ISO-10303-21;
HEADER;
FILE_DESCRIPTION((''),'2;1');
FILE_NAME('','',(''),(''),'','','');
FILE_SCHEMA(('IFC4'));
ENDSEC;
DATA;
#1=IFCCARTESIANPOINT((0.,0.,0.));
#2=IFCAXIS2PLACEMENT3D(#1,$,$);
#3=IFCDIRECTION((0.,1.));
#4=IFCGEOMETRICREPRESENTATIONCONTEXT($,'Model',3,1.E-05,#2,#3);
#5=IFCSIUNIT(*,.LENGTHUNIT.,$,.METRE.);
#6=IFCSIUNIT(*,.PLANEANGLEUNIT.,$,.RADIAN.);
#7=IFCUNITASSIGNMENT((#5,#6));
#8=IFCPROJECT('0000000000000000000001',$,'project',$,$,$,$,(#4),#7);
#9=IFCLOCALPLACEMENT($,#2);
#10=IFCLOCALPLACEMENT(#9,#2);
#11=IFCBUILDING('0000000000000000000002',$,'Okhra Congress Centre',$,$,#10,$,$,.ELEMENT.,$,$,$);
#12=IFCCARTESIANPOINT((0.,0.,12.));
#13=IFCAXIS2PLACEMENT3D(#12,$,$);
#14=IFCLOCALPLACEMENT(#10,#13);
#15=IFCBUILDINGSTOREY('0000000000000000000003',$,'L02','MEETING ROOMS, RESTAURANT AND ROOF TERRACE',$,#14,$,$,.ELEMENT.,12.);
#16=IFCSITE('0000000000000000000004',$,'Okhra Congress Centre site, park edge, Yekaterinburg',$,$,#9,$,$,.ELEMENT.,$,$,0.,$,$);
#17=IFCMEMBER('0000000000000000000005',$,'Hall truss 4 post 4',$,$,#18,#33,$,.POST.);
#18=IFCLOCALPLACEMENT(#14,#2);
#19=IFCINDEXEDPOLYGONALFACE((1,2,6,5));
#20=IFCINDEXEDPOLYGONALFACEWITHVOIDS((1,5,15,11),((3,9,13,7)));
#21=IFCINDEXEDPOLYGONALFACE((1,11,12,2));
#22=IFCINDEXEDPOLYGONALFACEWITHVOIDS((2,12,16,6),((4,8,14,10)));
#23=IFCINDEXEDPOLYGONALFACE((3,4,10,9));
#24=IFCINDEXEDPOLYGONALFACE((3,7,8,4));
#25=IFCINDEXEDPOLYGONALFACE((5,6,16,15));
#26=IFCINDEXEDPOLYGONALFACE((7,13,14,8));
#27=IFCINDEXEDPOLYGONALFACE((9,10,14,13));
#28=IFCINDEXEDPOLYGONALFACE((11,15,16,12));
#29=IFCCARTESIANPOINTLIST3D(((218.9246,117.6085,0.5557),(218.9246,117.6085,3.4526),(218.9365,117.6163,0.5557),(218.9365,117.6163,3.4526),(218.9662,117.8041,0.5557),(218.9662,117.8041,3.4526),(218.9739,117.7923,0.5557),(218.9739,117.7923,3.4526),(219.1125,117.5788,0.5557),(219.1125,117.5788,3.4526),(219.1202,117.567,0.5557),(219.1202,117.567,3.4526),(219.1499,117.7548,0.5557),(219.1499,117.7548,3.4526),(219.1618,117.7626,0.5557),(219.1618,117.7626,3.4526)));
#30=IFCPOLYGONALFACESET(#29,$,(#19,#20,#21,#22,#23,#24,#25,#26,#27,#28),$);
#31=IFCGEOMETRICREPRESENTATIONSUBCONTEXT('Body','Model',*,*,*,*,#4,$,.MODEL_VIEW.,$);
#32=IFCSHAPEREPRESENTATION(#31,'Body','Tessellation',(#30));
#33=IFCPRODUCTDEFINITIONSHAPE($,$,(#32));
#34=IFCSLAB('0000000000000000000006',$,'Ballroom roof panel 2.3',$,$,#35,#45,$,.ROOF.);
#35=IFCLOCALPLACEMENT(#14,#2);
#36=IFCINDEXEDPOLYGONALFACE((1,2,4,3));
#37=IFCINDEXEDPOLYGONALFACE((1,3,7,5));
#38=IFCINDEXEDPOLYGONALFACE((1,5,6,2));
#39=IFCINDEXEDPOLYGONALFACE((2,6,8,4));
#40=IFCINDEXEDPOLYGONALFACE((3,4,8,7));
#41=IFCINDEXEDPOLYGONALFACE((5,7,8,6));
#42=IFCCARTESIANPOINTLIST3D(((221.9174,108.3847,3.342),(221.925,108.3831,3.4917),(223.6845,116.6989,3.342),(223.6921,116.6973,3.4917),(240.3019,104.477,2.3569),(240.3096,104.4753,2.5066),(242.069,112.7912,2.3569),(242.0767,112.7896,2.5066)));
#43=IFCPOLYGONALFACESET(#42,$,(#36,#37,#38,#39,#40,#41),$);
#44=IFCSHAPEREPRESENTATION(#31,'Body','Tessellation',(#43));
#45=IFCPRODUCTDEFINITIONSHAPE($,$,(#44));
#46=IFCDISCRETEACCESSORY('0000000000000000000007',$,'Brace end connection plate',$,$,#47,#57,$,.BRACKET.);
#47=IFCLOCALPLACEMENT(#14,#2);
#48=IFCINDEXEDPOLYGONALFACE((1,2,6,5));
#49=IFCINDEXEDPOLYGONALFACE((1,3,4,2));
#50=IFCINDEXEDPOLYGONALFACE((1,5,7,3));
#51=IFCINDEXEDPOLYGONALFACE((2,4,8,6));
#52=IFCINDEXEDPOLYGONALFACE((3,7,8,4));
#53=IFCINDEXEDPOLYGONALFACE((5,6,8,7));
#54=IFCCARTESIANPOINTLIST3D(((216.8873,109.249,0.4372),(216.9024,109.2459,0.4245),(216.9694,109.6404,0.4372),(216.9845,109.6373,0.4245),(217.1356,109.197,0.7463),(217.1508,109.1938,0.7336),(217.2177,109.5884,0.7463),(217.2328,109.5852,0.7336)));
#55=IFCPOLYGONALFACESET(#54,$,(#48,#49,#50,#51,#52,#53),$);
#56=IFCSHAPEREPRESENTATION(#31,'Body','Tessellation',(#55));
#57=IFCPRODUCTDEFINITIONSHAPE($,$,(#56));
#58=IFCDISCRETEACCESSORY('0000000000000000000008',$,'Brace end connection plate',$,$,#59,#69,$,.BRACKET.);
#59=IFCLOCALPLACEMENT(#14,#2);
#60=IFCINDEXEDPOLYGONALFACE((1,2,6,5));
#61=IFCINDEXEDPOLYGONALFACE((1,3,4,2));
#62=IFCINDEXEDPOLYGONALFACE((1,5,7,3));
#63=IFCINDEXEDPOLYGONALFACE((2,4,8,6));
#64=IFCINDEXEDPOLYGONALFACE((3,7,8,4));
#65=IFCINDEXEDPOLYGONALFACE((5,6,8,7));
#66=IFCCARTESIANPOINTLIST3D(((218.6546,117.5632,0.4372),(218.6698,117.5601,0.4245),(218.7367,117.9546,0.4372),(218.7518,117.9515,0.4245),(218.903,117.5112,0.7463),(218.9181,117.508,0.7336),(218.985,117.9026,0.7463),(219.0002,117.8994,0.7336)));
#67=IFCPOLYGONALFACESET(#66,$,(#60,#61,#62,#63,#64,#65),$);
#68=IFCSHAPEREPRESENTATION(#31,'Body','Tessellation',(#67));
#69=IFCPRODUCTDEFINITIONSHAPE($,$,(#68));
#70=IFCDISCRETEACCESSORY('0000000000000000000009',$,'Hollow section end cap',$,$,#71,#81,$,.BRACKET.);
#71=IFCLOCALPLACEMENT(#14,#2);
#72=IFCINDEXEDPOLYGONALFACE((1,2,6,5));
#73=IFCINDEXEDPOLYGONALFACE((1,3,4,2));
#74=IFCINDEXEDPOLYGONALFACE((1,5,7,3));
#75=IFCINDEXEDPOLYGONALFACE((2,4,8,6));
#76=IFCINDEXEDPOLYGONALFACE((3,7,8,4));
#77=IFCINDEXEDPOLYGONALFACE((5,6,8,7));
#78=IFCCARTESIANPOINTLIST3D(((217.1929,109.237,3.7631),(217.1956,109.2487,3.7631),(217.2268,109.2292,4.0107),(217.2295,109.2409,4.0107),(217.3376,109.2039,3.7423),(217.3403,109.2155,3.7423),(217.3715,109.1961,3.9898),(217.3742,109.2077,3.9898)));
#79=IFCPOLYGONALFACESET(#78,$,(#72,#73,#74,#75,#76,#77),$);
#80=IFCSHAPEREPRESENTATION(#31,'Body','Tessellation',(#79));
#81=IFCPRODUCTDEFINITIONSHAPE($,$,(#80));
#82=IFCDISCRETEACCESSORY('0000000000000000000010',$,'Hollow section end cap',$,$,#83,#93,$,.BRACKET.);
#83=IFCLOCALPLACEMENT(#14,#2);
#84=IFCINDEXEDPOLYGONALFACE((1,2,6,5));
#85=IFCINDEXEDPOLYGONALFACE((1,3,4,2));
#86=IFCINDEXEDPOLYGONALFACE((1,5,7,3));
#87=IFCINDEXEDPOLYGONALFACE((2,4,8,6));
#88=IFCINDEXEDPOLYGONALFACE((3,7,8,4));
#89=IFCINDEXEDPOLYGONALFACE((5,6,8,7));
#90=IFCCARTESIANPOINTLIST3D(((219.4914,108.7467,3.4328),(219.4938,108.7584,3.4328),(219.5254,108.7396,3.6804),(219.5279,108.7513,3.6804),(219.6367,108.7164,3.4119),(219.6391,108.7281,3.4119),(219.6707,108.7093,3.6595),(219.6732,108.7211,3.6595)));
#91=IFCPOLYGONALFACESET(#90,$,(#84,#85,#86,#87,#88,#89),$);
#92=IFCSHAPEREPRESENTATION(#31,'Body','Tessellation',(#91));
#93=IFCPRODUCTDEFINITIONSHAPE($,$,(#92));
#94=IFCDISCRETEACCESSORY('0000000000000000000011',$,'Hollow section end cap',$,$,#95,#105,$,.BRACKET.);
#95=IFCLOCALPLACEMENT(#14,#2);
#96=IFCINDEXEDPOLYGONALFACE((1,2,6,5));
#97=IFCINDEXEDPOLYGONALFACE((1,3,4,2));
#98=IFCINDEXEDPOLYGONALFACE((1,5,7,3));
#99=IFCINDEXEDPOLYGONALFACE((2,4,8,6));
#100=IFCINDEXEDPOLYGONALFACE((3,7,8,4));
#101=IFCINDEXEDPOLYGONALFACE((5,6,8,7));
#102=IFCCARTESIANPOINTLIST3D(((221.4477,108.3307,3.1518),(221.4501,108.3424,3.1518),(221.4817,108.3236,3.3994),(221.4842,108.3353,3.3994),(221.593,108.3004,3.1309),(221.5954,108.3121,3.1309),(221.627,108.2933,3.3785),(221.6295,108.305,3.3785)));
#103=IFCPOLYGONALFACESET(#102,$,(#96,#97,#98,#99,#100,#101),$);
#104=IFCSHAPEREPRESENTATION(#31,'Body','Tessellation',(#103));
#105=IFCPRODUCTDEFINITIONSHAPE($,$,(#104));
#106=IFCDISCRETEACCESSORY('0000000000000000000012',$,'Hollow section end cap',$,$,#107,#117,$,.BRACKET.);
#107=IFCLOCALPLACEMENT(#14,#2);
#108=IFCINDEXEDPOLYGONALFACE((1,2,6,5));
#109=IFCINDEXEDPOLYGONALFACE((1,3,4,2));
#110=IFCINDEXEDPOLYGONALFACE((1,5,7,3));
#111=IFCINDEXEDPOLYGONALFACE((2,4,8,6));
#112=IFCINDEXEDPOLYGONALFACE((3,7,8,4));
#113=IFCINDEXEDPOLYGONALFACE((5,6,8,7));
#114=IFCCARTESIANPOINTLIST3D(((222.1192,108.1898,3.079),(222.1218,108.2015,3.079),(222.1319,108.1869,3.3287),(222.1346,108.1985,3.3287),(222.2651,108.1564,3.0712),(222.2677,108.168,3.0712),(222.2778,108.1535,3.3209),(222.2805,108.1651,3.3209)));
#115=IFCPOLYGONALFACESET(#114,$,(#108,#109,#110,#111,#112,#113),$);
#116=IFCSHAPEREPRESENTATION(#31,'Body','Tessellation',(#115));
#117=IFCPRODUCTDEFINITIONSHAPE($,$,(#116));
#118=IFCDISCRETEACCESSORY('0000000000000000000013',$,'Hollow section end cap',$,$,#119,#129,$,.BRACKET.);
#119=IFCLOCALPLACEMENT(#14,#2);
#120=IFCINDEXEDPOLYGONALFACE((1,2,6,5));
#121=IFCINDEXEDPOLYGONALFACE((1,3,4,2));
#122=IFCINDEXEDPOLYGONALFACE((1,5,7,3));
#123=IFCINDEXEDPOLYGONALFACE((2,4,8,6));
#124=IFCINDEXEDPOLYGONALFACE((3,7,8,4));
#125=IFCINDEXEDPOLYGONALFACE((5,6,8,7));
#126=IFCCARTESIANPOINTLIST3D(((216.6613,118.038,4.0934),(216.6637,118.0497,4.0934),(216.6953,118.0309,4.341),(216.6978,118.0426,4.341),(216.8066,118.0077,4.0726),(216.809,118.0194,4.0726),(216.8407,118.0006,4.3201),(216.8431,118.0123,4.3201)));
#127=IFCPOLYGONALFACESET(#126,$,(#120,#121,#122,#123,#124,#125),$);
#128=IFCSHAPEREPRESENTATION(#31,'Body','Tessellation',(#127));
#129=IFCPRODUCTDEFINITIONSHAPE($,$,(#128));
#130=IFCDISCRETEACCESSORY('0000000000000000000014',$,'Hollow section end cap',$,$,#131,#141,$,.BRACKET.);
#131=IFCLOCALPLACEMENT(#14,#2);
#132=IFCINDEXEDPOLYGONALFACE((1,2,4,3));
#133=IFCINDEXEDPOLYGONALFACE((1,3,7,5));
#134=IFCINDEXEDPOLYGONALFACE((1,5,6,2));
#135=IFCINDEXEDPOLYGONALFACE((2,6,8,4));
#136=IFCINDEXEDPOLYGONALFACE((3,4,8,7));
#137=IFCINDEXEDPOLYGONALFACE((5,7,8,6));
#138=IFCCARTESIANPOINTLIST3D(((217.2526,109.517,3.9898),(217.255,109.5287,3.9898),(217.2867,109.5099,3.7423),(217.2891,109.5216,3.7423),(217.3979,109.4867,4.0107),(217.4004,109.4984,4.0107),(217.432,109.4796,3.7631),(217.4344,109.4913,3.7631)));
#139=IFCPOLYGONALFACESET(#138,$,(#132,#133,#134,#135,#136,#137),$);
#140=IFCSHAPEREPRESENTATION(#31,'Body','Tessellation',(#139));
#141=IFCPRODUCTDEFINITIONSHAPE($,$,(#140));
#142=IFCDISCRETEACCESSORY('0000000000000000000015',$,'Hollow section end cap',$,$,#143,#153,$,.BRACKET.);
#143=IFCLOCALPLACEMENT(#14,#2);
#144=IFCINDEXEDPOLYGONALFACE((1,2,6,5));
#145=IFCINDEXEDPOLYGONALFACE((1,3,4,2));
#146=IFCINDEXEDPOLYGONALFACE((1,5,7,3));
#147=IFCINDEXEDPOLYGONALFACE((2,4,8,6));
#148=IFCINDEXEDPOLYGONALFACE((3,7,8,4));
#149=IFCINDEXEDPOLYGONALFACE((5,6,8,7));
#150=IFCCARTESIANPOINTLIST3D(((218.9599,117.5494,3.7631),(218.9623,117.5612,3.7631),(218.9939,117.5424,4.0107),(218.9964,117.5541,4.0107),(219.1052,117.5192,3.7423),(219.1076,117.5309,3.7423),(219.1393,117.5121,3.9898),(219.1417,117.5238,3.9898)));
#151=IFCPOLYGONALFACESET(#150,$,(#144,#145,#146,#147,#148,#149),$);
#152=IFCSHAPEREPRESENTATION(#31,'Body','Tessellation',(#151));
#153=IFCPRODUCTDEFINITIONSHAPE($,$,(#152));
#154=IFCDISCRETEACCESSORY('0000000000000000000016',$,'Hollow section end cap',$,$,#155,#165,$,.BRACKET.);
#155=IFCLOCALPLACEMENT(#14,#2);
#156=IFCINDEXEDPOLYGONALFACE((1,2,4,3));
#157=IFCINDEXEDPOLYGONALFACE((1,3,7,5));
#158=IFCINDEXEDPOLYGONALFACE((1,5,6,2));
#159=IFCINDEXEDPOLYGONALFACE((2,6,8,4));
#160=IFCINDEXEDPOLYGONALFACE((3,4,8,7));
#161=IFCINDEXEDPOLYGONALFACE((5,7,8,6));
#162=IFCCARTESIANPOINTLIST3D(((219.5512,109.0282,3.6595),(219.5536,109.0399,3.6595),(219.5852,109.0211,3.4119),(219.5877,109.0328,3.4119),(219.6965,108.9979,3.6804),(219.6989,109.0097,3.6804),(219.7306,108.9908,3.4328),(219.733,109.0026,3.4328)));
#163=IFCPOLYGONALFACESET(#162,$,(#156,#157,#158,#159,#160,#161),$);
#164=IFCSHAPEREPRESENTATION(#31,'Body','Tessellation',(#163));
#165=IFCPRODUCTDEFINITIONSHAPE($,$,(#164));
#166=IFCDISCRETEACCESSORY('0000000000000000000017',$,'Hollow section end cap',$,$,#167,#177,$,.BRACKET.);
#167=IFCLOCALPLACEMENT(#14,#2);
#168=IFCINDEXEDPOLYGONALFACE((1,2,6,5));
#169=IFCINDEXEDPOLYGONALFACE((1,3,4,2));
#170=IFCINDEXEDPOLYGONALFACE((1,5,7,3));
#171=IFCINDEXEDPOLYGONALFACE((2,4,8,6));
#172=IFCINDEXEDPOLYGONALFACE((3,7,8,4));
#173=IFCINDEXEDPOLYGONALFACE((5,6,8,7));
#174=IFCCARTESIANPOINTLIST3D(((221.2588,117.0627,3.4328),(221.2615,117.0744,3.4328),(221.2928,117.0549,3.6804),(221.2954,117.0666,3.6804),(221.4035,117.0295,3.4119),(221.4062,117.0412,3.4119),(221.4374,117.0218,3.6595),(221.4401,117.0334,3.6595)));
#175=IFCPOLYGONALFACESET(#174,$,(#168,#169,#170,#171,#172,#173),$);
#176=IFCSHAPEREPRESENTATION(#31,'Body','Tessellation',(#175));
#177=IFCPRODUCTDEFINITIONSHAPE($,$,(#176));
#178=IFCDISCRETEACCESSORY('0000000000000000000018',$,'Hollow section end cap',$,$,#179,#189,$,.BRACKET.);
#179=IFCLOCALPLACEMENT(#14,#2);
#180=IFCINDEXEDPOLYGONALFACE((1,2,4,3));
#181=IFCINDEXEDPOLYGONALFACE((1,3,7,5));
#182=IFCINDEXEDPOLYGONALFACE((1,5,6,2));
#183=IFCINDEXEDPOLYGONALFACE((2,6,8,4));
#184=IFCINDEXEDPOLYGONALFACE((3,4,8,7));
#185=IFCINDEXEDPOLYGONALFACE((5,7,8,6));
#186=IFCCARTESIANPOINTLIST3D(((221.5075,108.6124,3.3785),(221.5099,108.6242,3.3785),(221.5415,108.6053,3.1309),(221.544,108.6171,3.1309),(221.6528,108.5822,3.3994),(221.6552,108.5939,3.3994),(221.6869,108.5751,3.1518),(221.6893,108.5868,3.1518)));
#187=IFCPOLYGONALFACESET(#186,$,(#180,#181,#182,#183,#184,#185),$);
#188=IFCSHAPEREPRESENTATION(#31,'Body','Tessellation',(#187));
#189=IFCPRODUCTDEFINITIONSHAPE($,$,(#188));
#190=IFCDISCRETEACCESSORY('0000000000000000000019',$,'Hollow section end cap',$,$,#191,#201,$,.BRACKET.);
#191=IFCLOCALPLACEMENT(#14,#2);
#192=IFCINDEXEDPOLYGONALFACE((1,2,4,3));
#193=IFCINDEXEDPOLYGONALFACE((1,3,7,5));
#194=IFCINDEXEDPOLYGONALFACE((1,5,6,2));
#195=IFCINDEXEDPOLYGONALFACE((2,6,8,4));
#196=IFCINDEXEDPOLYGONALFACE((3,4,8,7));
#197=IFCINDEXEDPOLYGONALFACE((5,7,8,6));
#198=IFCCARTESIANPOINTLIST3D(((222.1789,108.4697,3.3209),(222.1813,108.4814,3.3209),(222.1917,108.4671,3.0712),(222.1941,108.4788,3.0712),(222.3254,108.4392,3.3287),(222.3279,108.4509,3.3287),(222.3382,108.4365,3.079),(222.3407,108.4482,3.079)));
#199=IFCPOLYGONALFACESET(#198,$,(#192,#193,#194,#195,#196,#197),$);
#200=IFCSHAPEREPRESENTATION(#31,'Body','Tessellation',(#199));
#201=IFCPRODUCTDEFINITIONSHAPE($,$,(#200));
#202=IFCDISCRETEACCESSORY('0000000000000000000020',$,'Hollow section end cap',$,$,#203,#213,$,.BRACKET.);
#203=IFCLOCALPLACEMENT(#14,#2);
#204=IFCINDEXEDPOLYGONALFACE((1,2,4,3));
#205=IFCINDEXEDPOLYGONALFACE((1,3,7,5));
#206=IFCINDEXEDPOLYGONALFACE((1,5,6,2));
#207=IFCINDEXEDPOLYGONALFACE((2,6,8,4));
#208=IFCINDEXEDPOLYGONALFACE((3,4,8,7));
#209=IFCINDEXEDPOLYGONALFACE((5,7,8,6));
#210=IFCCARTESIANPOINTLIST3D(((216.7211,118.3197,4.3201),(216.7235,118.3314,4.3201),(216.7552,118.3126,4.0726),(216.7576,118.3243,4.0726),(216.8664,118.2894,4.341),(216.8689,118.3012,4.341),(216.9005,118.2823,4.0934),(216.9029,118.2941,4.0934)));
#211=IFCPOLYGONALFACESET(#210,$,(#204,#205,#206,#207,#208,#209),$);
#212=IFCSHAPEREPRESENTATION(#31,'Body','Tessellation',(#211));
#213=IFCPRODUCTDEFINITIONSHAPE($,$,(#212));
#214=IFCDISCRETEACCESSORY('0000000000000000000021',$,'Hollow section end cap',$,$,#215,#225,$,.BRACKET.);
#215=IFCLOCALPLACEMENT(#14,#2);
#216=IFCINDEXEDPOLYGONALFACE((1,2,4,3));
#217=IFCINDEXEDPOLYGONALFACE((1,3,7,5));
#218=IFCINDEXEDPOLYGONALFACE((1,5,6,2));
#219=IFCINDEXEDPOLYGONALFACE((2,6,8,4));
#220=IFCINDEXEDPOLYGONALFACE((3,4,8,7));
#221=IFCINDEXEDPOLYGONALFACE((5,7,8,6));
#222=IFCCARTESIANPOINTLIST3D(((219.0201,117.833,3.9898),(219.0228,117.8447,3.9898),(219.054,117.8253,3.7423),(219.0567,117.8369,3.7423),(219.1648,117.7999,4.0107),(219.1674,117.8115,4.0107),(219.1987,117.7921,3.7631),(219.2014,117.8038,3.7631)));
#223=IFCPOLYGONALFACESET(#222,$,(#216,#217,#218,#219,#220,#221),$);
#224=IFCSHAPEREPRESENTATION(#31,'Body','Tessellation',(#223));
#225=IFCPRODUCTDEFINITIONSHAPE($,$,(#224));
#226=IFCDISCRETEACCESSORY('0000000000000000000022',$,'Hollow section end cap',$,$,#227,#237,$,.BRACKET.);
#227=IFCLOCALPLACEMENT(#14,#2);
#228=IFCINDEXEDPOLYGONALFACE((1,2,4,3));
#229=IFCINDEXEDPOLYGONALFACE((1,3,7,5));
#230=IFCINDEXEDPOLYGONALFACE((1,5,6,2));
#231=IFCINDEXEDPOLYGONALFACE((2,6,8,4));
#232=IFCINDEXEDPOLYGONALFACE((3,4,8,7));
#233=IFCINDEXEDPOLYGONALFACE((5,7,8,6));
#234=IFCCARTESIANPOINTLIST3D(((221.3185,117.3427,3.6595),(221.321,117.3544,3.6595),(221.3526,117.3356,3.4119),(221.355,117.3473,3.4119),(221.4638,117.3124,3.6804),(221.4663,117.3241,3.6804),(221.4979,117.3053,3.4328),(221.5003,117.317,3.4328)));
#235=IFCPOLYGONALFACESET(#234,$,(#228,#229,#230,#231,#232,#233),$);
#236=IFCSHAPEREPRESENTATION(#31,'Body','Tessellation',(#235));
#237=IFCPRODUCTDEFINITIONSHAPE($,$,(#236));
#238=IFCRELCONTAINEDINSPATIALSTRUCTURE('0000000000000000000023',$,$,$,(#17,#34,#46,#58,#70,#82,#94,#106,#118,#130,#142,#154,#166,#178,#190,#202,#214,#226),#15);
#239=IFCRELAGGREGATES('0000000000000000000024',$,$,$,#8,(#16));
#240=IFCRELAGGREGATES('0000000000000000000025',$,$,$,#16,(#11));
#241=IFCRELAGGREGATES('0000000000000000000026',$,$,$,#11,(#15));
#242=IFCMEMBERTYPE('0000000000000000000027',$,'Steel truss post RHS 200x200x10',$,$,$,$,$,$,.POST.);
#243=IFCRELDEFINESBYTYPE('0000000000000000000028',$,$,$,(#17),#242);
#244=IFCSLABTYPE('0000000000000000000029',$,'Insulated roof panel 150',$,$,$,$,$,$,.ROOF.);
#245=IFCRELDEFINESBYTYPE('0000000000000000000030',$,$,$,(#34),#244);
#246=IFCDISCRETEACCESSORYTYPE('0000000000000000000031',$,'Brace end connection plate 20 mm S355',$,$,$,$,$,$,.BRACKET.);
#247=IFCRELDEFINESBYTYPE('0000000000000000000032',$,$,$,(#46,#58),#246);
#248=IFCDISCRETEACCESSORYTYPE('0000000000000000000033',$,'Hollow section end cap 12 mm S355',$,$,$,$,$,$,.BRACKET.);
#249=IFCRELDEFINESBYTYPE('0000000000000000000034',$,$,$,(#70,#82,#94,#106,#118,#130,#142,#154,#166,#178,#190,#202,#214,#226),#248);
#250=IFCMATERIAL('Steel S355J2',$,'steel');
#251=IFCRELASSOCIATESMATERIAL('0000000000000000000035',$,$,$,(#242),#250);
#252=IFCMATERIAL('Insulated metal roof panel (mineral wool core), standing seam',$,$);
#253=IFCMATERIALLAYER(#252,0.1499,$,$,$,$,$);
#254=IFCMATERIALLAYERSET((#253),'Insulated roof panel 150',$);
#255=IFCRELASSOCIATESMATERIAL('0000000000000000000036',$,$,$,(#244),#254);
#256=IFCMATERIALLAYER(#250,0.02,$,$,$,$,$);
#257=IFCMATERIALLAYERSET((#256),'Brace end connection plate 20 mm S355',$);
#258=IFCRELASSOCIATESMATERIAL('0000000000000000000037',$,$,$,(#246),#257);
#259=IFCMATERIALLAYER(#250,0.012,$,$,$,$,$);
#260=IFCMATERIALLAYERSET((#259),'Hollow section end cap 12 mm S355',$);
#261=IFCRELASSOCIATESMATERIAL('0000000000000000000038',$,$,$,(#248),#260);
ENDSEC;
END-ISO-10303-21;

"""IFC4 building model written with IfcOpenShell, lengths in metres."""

from ifc_helpers import new_model, si_unit, direction, frame, origin, origin_2d, place, context, subcontext, project, spatial, polyline, rectangle, hollow_rectangle, outline, extrude, material, layer, layer_set, material_profile, profile_set, type_object, element, save


model = new_model("IFC4")

# Units and contexts
model_context = context("Model", 3, precision=1e-05, world=origin(), true_north=direction((0.0, 1.0)))
body_context = subcontext(model_context, "Body", "Model", "MODEL_VIEW")
ifc_project = project(units=[si_unit("LENGTHUNIT", "METRE"), si_unit("PLANEANGLEUNIT", "RADIAN")], contexts=[model_context])

# Site, building, storey
site_placement = place(None, origin())
site = spatial("IfcSite", under=ifc_project, at=site_placement, Name="Okhra Congress Centre site, park edge, Yekaterinburg", CompositionType="ELEMENT", RefElevation=0.0)
building_placement = place(site_placement, origin())
building = spatial("IfcBuilding", under=site, at=building_placement, Name="Okhra Congress Centre", CompositionType="ELEMENT")
storey_placement = place(building_placement, frame((0.0, 0.0, 12.0)))
storey = spatial("IfcBuildingStorey", under=building, at=storey_placement, Name="L02", Description="MEETING ROOMS, RESTAURANT AND ROOF TERRACE", CompositionType="ELEMENT", Elevation=12.0)

# Member
ifc_material_1 = material(Name="Steel S355J2", Category="steel")
ifc_material_profile_1 = material_profile(ifc_material_1, hollow_rectangle(XDim=0.2, YDim=0.2, WallThickness=0.01, at=origin_2d()), Name="RHS 200x200x10")
ifc_profile_set_1 = profile_set([ifc_material_profile_1], Name="Steel S355J2")
member_type_1 = type_object("IfcMemberType", Name="Steel truss post RHS 200x200x10", PredefinedType="POST", material=ifc_profile_set_1)
for number, where, z_axis, x_axis, name in (
    (1, (219.0432, 117.6855, 0.5557), (0.0, 0.0, 1.0), (0.978148, -0.207912, 0.0), "Hall truss 4 post 4"),
):
    element("IfcMember", number, at=place(storey_placement, frame(where, z_axis=z_axis, x_axis=x_axis)), inside=storey, type_object=member_type_1, Name=name, PredefinedType="POST", context=body_context, shape_type="SweptSolid", body=[
        extrude(hollow_rectangle(XDim=0.2, YDim=0.2, WallThickness=0.01, at=origin_2d()), origin(), (0.0, 0.0, 1.0), 2.897),
    ])

# Slab
ifc_material_2 = material(Name="Insulated metal roof panel (mineral wool core), standing seam")
ifc_layer_1 = layer(ifc_material_2, 0.1499)
ifc_layer_set_1 = layer_set([ifc_layer_1], Name="Insulated roof panel 150")
slab_type = type_object("IfcSlabType", Name="Insulated roof panel 150", PredefinedType="ROOF", material=ifc_layer_set_1)
slab_placement = place(storey_placement, frame((221.925, 108.3831, 3.4917), z_axis=(0.051197, -0.010881, 0.998629), x_axis=(0.976807, -0.207625, -0.052341)))
element("IfcSlab", 2, at=slab_placement, inside=storey, type_object=slab_type, Name="Ballroom roof panel 2.3", PredefinedType="ROOF", context=body_context, shape_type="SweptSolid", body=[
    extrude(outline(polyline([(0.0, 0.0), (18.821, 0.0), (18.8209, 8.4999), (-0.0001, 8.4999), (0.0, 0.0)])), origin(), (0.0, 0.0, -1.0), 0.1499),
])

# Discrete accessories
ifc_layer_2 = layer(ifc_material_1, 0.02)
ifc_layer_set_2 = layer_set([ifc_layer_2], Name="Brace end connection plate 20 mm S355")
discrete_accessory_type_1 = type_object("IfcDiscreteAccessoryType", Name="Brace end connection plate 20 mm S355", PredefinedType="BRACKET", material=ifc_layer_set_2)
for number, where, z_axis, x_axis, name in (
    (3, (217.0525, 109.4187, 0.5918), (0.756491, -0.158619, -0.634477), (0.205215, 0.978717, 0.0), "Brace end connection plate"),
    (4, (218.8198, 117.7329, 0.5918), (0.756491, -0.158619, -0.634477), (0.205215, 0.978717, 0.0), "Brace end connection plate"),
):
    element("IfcDiscreteAccessory", number, at=place(storey_placement, frame(where, z_axis=z_axis, x_axis=x_axis)), inside=storey, type_object=discrete_accessory_type_1, Name=name, PredefinedType="BRACKET", context=body_context, shape_type="SweptSolid", body=[
        extrude(rectangle(XDim=0.3999, YDim=0.3999, at=origin_2d()), origin(), (0.0, 0.0, 1.0), 0.02),
    ])
ifc_layer_3 = layer(ifc_material_1, 0.012)
ifc_layer_set_3 = layer_set([ifc_layer_3], Name="Hollow section end cap 12 mm S355")
discrete_accessory_type_2 = type_object("IfcDiscreteAccessoryType", Name="Hollow section end cap 12 mm S355", PredefinedType="BRACKET", material=ifc_layer_set_3)
for number, where, z_axis, x_axis, name in (
    (5, (217.2822, 109.2166, 3.8765), (0.223376, 0.974732, 0.0), (-0.965246, 0.221202, 0.139173), "Hollow section end cap"),
    (6, (219.5811, 108.728, 3.5461), (0.203954, 0.97898, 0.0), (-0.969453, 0.201969, 0.139173), "Hollow section end cap"),
    (7, (221.5374, 108.312, 3.2651), (0.203954, 0.97898, 0.0), (-0.969453, 0.201969, 0.139173), "Hollow section end cap"),
    (8, (222.1985, 108.1716, 3.2), (0.223376, 0.974732, 0.0), (-0.973396, 0.22307, 0.052336), "Hollow section end cap"),
    (9, (216.751, 118.0193, 4.2068), (0.203954, 0.97898, 0.0), (-0.969453, 0.201969, 0.139173), "Hollow section end cap"),
    (10, (217.3447, 109.51, 3.8765), (-0.203954, -0.97898, 0.0), (0.969453, -0.201969, 0.139173), "Hollow section end cap"),
    (11, (219.0496, 117.5308, 3.8765), (0.203954, 0.97898, 0.0), (-0.969453, 0.201969, 0.139173), "Hollow section end cap"),
    (12, (219.6433, 109.0212, 3.5461), (-0.203954, -0.97898, 0.0), (0.969453, -0.201969, 0.139173), "Hollow section end cap"),
    (13, (221.3481, 117.0422, 3.5461), (0.223376, 0.974732, 0.0), (-0.965246, 0.221202, 0.139173), "Hollow section end cap"),
    (14, (221.5996, 108.6055, 3.2651), (-0.203954, -0.97898, 0.0), (0.969453, -0.201969, 0.139173), "Hollow section end cap"),
    (15, (222.261, 108.4648, 3.2), (-0.203954, -0.97898, 0.0), (0.977639, -0.203675, 0.052336), "Hollow section end cap"),
    (16, (216.8132, 118.3127, 4.2068), (-0.203954, -0.97898, 0.0), (0.969453, -0.201969, 0.139173), "Hollow section end cap"),
    (17, (219.1121, 117.8242, 3.8765), (-0.223376, -0.974732, 0.0), (0.965246, -0.221202, 0.139173), "Hollow section end cap"),
    (18, (221.4106, 117.3357, 3.5461), (-0.203954, -0.97898, 0.0), (0.969453, -0.201969, 0.139173), "Hollow section end cap"),
):
    element("IfcDiscreteAccessory", number, at=place(storey_placement, frame(where, z_axis=z_axis, x_axis=x_axis)), inside=storey, type_object=discrete_accessory_type_2, Name=name, PredefinedType="BRACKET", context=body_context, shape_type="SweptSolid", body=[
        extrude(rectangle(XDim=0.1499, YDim=0.25, at=origin_2d()), origin(), (0.0, 0.0, 1.0), 0.012),
    ])

save(model, "model.ifc")
